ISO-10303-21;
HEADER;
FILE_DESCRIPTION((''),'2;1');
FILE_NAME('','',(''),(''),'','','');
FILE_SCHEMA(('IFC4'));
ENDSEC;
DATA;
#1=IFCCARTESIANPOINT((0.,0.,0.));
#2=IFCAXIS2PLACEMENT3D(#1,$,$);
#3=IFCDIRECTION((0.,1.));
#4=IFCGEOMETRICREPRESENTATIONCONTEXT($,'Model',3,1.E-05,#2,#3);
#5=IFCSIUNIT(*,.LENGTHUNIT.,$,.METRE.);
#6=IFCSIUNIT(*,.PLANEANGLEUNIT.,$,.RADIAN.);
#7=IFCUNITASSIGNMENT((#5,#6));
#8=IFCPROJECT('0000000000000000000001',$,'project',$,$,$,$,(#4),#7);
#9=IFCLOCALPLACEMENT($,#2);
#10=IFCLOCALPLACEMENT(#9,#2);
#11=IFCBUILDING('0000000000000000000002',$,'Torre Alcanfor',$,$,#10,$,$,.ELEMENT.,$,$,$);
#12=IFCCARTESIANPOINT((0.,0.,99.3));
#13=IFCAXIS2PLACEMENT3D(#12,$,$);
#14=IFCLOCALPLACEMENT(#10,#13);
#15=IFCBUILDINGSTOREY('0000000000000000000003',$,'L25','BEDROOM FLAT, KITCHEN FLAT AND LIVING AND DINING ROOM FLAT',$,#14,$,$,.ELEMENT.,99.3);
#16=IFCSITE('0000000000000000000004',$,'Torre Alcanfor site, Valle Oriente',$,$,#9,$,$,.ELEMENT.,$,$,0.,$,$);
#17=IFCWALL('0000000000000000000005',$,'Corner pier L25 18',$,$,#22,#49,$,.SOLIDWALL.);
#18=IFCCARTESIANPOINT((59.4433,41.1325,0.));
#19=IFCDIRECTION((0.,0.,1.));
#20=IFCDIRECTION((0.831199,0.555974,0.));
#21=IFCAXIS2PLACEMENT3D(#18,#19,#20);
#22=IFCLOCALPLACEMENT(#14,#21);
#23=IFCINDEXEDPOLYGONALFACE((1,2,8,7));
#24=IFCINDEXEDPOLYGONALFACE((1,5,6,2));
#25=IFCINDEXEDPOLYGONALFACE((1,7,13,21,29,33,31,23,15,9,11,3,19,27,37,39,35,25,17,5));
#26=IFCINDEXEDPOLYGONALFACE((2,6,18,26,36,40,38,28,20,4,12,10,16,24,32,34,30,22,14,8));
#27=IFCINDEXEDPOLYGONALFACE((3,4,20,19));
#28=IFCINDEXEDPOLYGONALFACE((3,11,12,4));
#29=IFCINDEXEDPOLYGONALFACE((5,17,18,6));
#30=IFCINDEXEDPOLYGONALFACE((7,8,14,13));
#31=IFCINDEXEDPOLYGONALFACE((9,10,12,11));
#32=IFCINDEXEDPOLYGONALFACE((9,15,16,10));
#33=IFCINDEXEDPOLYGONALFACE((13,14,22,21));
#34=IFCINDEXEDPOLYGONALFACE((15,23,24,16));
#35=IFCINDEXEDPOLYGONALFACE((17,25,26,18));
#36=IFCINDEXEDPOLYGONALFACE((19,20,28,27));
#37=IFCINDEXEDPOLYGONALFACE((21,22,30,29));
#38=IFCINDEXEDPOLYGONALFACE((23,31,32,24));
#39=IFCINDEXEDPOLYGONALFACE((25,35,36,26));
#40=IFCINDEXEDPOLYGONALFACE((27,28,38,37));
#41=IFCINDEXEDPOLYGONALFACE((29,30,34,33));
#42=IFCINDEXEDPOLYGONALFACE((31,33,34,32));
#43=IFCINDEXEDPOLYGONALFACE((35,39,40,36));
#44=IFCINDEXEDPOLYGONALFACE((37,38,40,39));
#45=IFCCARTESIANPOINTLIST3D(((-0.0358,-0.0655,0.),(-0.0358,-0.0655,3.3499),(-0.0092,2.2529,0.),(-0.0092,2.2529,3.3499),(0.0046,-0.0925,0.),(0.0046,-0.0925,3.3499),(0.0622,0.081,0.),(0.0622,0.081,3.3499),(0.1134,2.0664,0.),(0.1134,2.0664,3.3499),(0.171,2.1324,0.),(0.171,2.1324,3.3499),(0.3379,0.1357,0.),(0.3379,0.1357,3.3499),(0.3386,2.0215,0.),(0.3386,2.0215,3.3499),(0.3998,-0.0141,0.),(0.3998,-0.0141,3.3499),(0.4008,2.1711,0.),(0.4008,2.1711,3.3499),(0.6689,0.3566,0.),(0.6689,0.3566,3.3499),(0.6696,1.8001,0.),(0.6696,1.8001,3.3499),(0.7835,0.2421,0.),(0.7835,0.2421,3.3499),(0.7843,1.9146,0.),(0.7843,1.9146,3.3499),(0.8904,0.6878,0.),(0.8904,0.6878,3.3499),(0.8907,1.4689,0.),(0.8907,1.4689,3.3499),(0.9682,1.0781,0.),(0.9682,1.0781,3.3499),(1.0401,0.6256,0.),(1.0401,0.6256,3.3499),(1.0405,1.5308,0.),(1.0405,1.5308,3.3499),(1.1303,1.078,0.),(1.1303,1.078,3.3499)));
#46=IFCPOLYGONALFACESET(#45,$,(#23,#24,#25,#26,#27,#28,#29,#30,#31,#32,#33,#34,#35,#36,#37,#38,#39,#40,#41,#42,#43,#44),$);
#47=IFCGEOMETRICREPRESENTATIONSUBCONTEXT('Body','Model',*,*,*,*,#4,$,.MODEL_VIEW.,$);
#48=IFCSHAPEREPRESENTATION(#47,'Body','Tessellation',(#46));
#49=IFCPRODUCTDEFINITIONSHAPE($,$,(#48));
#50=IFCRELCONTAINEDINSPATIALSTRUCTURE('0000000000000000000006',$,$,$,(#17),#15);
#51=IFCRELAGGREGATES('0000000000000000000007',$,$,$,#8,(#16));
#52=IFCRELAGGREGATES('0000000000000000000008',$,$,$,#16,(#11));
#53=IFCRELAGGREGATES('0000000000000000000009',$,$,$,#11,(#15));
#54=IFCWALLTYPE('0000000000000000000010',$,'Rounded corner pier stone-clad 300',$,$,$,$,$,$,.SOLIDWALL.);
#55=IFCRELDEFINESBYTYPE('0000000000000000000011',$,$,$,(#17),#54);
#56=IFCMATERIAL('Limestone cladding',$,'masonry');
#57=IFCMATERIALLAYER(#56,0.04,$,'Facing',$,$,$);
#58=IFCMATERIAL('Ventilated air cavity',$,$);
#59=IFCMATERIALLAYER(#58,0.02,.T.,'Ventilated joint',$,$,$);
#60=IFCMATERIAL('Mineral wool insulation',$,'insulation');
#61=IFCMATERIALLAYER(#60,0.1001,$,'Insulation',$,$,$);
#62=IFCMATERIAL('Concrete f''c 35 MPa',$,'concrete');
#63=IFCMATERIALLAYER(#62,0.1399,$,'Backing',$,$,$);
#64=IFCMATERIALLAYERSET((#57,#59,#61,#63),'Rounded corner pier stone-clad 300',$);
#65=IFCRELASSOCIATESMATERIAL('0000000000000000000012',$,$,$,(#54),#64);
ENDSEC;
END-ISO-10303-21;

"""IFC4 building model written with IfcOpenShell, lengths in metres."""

from ifc_helpers import new_model, si_unit, direction, frame, origin, place, context, subcontext, project, spatial, polyline, outline, extrude, material, layer, layer_set, type_object, element, save


model = new_model("IFC4")

# Units and contexts
model_context = context("Model", 3, precision=1e-05, world=origin(), true_north=direction((0.0, 1.0)))
body_context = subcontext(model_context, "Body", "Model", "MODEL_VIEW")
ifc_project = project(units=[si_unit("LENGTHUNIT", "METRE"), si_unit("PLANEANGLEUNIT", "RADIAN")], contexts=[model_context])

# Site, building, storey
site_placement = place(None, origin())
site = spatial("IfcSite", under=ifc_project, at=site_placement, Name="Torre Alcanfor site, Valle Oriente", CompositionType="ELEMENT", RefElevation=0.0)
building_placement = place(site_placement, origin())
building = spatial("IfcBuilding", under=site, at=building_placement, Name="Torre Alcanfor", CompositionType="ELEMENT")
storey_placement = place(building_placement, frame((0.0, 0.0, 99.3)))
storey = spatial("IfcBuildingStorey", under=building, at=storey_placement, Name="L25", Description="BEDROOM FLAT, KITCHEN FLAT AND LIVING AND DINING ROOM FLAT", CompositionType="ELEMENT", Elevation=99.3)

# Wall
ifc_material_1 = material(Name="Limestone cladding", Category="masonry")
ifc_layer_1 = layer(ifc_material_1, 0.04, Name="Facing")
ifc_material_2 = material(Name="Ventilated air cavity")
ifc_layer_2 = layer(ifc_material_2, 0.02, ventilated=True, Name="Ventilated joint")
ifc_material_3 = material(Name="Mineral wool insulation", Category="insulation")
ifc_layer_3 = layer(ifc_material_3, 0.1001, Name="Insulation")
ifc_material_4 = material(Name="Concrete f'c 35 MPa", Category="concrete")
ifc_layer_4 = layer(ifc_material_4, 0.1399, Name="Backing")
ifc_layer_set_1 = layer_set([ifc_layer_1, ifc_layer_2, ifc_layer_3, ifc_layer_4], Name="Rounded corner pier stone-clad 300")
wall_type_1 = type_object("IfcWallType", Name="Rounded corner pier stone-clad 300", PredefinedType="SOLIDWALL", material=ifc_layer_set_1)
wall_1_placement = place(storey_placement, frame((59.4433, 41.1325, 0.0), z_axis=(0.0, 0.0, 1.0), x_axis=(0.831199, 0.555974, 0.0)))
element("IfcWall", 1, at=wall_1_placement, inside=storey, type_object=wall_type_1, Name="Corner pier L25 18", PredefinedType="SOLIDWALL", context=body_context, shape_type="SweptSolid", body=[
    extrude(outline(polyline([(0.7835, 0.2421), (1.0401, 0.6256), (1.1303, 1.078), (1.0405, 1.5308), (0.7843, 1.9146), (0.4008, 2.1711), (-0.0092, 2.2529), (0.171, 2.1324), (0.1134, 2.0664), (0.3386, 2.0215), (0.6696, 1.8001), (0.8907, 1.4689), (0.9682, 1.0781), (0.8904, 0.6878), (0.6689, 0.3566), (0.3379, 0.1357), (0.0622, 0.081), (-0.0358, -0.0655), (0.0046, -0.0925), (0.3998, -0.0141), (0.7835, 0.2421)])), origin(), (0.0, 0.0, 1.0), 3.3499),
])

save(model, "model.ifc")
